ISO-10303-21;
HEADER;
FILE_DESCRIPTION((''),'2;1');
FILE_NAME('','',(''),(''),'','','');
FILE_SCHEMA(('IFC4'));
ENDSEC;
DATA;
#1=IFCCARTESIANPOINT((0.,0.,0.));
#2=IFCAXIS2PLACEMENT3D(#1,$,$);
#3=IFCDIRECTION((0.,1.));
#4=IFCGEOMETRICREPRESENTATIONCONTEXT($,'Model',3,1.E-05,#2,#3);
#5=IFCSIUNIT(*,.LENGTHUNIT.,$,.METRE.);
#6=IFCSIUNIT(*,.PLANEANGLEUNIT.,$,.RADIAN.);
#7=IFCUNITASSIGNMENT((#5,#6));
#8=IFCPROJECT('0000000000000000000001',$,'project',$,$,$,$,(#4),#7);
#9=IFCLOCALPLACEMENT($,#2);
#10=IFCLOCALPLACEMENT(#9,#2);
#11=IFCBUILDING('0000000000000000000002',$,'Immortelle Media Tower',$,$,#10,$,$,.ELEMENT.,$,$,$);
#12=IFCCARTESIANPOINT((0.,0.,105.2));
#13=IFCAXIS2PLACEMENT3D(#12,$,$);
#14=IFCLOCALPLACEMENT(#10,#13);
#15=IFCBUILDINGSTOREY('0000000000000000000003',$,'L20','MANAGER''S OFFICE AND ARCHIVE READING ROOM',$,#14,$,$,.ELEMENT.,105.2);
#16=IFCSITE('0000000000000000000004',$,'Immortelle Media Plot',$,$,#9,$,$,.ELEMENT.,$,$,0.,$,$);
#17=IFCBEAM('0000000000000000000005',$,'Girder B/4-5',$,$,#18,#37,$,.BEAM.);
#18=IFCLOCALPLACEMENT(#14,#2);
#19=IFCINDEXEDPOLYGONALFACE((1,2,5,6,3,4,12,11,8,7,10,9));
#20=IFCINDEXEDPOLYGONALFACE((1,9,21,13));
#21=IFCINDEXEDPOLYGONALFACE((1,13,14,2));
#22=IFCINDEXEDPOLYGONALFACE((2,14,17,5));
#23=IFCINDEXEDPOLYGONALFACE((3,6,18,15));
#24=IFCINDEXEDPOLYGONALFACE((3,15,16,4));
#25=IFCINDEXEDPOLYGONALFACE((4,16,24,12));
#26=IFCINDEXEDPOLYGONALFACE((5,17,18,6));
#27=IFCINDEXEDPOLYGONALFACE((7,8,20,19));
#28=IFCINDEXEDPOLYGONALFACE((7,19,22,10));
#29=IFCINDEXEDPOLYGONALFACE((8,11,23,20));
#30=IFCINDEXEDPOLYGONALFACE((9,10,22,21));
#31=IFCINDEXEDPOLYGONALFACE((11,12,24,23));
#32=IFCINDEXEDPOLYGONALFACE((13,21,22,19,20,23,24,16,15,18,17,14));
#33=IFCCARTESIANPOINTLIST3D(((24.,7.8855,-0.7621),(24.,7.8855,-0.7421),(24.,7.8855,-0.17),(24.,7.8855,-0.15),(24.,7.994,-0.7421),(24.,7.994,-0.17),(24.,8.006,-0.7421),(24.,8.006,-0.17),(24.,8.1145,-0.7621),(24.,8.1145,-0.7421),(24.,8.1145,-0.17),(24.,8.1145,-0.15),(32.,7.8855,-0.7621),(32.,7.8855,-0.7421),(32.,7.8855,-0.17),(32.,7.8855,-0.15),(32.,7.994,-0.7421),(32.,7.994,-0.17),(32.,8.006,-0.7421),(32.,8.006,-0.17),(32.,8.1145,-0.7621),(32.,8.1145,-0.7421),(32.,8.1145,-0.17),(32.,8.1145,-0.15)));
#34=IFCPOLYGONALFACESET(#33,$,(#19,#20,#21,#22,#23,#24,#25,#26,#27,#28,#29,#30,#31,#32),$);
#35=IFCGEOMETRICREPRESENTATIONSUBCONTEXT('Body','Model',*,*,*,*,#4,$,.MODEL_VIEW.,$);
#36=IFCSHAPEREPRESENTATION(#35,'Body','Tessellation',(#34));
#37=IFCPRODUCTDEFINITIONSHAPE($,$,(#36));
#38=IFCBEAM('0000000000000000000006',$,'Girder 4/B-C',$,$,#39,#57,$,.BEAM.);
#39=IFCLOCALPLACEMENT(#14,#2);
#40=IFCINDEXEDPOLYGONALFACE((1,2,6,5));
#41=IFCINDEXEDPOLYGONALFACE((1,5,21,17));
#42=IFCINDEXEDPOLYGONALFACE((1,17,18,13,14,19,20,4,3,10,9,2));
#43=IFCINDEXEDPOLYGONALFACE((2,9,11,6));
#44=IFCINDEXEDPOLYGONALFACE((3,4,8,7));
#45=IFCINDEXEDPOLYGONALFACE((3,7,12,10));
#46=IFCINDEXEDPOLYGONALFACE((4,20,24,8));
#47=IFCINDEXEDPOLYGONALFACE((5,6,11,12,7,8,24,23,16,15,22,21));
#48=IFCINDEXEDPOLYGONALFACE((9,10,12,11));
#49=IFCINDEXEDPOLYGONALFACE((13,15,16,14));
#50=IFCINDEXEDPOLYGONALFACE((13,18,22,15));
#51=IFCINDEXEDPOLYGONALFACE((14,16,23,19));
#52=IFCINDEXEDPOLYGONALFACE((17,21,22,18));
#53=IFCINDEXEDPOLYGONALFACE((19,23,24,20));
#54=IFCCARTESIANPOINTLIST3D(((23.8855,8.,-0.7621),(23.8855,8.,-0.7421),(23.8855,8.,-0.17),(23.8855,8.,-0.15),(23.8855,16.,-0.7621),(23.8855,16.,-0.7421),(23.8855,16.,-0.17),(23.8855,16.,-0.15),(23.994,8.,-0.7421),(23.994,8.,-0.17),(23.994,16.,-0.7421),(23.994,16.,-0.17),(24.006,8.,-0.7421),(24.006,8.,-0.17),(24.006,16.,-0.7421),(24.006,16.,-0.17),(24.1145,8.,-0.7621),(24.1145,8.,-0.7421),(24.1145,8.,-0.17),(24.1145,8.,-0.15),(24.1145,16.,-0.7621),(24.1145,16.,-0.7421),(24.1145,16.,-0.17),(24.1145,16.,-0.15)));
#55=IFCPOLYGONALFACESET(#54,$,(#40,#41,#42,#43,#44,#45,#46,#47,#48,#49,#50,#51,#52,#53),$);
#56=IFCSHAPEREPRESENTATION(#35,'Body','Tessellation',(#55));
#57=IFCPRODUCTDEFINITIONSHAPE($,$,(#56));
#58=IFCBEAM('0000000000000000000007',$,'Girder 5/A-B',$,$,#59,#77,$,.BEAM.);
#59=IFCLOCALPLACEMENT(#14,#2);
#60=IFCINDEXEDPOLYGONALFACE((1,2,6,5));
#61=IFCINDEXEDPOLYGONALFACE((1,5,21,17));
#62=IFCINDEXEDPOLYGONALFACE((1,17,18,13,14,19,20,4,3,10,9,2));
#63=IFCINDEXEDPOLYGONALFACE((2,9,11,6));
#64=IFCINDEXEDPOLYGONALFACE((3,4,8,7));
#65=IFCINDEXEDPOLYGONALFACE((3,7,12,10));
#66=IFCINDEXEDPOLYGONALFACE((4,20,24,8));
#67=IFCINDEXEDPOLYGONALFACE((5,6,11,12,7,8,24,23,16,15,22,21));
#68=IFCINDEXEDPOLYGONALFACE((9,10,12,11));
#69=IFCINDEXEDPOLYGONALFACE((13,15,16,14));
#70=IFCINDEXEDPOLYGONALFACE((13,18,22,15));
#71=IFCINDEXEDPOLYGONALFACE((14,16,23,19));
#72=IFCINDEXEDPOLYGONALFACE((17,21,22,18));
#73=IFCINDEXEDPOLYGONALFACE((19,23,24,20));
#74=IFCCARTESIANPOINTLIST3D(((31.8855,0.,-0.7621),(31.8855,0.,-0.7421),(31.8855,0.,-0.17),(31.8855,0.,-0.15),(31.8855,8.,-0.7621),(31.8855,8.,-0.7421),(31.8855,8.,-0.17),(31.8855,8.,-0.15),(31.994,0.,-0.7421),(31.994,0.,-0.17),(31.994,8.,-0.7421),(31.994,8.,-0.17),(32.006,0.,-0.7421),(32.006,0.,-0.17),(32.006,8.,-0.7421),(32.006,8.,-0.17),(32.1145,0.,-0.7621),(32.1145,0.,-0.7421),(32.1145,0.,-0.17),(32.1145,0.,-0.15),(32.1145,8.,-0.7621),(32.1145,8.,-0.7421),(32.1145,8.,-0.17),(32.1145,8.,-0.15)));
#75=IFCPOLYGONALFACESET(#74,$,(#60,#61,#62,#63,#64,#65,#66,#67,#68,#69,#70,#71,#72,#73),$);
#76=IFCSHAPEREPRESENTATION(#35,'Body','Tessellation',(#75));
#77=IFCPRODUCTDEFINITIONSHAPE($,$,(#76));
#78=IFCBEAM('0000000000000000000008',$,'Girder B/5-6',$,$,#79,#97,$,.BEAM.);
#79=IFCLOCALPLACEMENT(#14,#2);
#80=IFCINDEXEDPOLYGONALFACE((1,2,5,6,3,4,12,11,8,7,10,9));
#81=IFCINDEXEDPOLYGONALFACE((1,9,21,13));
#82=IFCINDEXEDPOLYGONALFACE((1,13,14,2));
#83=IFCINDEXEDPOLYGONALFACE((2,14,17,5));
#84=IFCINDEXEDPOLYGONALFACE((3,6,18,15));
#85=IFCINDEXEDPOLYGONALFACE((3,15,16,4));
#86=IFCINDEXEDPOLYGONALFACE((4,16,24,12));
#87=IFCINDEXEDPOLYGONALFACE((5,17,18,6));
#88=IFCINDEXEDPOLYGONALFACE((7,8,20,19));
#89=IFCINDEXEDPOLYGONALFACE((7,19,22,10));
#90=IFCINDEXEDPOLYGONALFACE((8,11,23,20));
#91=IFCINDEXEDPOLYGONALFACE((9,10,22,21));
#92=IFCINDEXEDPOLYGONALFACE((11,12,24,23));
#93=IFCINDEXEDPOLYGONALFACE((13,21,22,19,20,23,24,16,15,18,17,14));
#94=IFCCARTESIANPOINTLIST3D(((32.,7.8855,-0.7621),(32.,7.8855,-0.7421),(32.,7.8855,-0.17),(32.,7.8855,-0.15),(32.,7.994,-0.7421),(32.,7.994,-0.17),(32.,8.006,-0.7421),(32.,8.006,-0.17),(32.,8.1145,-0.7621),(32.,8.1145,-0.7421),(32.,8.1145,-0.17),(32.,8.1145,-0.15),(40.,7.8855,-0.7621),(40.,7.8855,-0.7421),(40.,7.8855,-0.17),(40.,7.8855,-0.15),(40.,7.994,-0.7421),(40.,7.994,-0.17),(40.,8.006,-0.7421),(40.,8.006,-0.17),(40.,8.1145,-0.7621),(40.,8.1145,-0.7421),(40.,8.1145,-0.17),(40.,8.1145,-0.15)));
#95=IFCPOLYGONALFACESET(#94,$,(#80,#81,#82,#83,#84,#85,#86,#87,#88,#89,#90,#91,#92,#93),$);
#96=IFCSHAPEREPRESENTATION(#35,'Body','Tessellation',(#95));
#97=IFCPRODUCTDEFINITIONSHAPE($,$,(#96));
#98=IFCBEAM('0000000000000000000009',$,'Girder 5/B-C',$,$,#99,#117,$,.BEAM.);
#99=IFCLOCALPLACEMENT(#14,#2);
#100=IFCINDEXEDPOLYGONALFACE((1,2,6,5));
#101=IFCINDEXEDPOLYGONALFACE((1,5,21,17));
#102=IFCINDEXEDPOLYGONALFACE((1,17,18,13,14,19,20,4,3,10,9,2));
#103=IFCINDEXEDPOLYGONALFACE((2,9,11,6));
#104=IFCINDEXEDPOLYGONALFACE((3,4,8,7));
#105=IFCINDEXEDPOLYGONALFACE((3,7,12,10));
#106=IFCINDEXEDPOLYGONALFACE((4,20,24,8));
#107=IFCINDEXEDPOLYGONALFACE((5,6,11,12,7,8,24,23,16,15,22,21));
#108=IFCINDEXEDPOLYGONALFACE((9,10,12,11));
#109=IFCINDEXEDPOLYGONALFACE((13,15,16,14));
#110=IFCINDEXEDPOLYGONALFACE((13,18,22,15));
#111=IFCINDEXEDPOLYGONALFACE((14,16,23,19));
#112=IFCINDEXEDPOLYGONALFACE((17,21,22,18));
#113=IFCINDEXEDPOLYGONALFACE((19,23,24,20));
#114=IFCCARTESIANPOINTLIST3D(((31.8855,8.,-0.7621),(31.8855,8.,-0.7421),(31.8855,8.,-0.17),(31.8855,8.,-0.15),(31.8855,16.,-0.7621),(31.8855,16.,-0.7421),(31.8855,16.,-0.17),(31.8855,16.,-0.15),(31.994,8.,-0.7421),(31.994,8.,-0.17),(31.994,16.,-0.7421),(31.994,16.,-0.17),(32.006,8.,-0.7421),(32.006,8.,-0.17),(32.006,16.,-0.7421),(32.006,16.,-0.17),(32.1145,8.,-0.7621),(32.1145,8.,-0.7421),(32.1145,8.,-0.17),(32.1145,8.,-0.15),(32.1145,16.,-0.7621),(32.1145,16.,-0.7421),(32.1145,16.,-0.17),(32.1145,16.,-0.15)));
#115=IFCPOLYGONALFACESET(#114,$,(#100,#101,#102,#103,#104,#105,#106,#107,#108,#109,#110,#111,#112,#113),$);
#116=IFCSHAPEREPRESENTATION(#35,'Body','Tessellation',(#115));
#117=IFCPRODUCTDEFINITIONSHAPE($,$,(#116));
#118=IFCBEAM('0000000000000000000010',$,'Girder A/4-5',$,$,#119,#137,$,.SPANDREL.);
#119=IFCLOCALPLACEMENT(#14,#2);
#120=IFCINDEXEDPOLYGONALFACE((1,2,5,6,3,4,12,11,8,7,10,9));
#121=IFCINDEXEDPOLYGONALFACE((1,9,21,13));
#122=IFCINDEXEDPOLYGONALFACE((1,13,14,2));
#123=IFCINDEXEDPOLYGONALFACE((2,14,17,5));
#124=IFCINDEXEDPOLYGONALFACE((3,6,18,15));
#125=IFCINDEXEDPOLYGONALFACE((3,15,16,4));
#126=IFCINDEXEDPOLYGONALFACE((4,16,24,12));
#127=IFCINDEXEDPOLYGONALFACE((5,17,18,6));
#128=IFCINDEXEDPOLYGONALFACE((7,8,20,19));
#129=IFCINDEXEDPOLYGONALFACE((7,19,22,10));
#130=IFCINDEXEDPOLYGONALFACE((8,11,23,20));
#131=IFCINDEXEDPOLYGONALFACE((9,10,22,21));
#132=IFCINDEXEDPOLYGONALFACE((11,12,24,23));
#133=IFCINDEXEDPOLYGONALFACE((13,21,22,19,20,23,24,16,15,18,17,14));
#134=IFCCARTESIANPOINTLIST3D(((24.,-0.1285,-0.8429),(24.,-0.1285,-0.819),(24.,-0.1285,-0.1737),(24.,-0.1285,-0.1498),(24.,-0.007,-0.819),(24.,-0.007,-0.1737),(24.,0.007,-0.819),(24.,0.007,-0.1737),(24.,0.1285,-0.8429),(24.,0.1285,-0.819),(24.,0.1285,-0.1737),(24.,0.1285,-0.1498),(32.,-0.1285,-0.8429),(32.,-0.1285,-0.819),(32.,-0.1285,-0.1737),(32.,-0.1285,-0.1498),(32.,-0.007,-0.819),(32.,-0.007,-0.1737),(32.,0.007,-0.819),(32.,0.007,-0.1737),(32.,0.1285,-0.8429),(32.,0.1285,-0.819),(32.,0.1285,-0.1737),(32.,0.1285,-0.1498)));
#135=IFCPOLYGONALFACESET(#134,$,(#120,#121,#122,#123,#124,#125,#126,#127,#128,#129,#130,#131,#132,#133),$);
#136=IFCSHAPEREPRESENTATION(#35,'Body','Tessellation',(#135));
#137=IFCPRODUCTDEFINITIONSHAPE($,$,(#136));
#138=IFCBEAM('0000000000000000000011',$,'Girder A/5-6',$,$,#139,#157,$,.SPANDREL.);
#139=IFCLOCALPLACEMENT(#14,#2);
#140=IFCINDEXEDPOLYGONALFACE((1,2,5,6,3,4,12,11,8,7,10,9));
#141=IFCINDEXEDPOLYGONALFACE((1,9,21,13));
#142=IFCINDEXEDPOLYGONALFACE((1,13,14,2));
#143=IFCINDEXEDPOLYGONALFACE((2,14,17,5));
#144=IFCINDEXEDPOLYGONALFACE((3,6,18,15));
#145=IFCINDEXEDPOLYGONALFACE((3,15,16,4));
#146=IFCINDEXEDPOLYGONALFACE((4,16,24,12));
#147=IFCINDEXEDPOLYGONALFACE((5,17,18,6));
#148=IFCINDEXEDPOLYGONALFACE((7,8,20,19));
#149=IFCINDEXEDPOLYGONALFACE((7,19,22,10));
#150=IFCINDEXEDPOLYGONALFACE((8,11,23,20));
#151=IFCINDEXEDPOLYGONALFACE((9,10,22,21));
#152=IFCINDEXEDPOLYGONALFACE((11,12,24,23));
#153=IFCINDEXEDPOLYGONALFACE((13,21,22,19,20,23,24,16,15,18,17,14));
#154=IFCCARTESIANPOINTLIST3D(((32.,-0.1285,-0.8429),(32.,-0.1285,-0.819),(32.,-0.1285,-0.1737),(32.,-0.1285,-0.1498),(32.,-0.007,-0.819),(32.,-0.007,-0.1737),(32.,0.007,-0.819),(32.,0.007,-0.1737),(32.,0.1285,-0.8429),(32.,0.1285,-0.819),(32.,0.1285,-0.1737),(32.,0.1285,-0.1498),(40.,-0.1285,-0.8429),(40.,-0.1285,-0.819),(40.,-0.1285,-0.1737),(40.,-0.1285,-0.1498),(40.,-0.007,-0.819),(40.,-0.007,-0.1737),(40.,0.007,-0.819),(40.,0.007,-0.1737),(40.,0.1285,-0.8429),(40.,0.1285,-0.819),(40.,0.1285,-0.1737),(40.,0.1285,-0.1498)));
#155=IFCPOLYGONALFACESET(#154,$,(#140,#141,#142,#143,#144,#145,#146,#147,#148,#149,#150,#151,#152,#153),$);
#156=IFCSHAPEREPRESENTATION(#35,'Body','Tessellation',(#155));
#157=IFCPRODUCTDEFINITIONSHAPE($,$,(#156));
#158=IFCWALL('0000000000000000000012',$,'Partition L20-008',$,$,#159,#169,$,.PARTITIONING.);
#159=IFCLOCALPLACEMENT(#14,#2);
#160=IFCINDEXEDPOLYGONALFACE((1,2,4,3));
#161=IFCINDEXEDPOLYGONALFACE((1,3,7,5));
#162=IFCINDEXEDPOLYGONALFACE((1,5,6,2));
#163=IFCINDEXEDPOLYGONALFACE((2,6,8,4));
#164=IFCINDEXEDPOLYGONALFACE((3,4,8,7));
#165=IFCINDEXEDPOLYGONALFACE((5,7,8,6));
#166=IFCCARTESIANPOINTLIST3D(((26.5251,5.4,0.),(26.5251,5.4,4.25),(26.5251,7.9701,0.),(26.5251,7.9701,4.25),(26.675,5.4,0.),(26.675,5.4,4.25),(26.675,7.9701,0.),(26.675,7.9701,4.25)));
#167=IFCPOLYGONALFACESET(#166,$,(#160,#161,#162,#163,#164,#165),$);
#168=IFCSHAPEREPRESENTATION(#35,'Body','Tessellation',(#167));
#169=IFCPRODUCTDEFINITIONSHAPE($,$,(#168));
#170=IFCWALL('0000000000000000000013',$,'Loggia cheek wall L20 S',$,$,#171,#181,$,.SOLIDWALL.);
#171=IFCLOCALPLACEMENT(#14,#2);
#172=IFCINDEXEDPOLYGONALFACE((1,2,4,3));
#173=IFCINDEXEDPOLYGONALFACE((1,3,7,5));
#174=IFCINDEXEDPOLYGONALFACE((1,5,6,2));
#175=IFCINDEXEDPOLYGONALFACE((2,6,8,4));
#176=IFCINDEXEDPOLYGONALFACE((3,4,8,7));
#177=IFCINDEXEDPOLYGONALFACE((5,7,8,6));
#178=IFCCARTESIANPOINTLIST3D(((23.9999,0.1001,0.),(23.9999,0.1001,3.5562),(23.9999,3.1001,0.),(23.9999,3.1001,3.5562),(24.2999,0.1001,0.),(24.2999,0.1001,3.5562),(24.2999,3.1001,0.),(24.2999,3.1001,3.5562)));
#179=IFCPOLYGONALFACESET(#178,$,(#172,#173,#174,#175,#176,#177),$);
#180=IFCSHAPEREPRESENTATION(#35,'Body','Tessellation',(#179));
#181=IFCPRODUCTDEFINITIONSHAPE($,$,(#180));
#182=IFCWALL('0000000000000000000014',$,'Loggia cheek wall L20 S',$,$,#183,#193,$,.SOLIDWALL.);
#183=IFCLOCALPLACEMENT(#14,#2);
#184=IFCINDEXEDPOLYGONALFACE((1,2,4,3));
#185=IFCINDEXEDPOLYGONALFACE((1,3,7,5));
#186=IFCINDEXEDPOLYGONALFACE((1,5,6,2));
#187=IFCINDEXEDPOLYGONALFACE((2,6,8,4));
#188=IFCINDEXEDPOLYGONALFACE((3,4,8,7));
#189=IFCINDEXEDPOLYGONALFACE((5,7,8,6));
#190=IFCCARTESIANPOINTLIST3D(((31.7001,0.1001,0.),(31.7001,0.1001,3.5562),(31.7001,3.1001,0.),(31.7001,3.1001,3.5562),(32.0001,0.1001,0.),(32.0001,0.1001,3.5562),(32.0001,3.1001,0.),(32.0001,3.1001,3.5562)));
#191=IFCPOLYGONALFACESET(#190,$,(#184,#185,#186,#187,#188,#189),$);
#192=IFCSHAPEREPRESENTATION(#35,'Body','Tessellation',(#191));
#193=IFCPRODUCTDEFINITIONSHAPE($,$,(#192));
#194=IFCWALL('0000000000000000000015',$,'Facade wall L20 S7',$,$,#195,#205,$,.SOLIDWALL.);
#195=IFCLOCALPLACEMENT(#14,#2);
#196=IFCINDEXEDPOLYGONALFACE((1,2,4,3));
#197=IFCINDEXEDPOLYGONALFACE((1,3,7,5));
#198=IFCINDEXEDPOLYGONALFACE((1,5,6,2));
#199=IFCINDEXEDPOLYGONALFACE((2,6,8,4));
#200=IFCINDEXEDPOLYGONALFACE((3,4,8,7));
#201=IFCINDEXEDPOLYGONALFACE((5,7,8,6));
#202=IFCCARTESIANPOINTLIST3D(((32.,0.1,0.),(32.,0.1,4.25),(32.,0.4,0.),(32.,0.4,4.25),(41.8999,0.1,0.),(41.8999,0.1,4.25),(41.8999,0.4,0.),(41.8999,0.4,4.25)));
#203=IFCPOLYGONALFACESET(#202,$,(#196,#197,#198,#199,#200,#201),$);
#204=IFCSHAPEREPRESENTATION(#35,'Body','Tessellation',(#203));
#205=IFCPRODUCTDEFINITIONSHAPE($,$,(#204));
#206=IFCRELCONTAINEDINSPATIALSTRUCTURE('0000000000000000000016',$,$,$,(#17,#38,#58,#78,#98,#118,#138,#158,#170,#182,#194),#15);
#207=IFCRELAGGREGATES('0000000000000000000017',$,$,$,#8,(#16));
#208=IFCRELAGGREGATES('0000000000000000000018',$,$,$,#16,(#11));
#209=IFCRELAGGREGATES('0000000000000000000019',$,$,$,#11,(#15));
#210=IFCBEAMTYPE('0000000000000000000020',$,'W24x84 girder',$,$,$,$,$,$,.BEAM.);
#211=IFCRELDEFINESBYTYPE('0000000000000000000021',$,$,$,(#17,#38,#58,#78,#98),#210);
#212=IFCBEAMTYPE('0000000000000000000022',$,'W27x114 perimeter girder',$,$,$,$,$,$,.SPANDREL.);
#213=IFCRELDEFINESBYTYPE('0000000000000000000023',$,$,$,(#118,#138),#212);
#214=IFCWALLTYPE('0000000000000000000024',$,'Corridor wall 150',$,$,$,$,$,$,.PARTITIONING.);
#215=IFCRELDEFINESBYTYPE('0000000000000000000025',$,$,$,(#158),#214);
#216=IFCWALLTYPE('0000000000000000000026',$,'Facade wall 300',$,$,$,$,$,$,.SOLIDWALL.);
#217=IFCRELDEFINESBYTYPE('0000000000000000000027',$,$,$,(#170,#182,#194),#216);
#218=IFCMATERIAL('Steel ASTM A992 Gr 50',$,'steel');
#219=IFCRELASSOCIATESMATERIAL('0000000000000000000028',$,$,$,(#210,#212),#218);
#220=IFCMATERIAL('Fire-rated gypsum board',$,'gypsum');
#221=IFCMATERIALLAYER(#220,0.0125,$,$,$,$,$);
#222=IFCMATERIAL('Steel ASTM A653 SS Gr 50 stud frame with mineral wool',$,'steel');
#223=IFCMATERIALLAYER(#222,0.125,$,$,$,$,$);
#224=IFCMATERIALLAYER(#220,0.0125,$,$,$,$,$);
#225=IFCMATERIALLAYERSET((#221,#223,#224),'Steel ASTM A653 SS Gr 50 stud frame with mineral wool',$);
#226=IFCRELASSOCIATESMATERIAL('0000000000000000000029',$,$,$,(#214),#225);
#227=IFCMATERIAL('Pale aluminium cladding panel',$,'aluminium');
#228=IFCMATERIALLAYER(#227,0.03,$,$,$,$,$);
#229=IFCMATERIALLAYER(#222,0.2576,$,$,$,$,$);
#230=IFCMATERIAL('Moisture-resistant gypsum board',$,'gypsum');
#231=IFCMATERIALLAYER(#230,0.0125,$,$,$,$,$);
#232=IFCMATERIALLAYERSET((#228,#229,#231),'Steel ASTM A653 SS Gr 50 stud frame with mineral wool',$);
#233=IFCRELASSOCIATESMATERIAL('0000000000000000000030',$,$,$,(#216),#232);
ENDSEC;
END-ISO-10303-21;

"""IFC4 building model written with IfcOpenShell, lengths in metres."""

from ifc_helpers import new_model, si_unit, direction, frame, frame_2d, origin, origin_2d, place, context, subcontext, project, spatial, rectangle, i_section, extrude, material, layer, layer_set, material_profile, profile_set, type_object, element, save


model = new_model("IFC4")

# Units and contexts
model_context = context("Model", 3, precision=1e-05, world=origin(), true_north=direction((0.0, 1.0)))
body_context = subcontext(model_context, "Body", "Model", "MODEL_VIEW")
ifc_project = project(units=[si_unit("LENGTHUNIT", "METRE"), si_unit("PLANEANGLEUNIT", "RADIAN")], contexts=[model_context])

# Site, building, storey
site_placement = place(None, origin())
site = spatial("IfcSite", under=ifc_project, at=site_placement, Name="Immortelle Media Plot", CompositionType="ELEMENT", RefElevation=0.0)
building_placement = place(site_placement, origin())
building = spatial("IfcBuilding", under=site, at=building_placement, Name="Immortelle Media Tower", CompositionType="ELEMENT")
storey_placement = place(building_placement, frame((0.0, 0.0, 105.2)))
storey = spatial("IfcBuildingStorey", under=building, at=storey_placement, Name="L20", Description="MANAGER'S OFFICE AND ARCHIVE READING ROOM", CompositionType="ELEMENT", Elevation=105.2)

# Shared definitions
ifc_material_1 = material(Name="Steel ASTM A992 Gr 50", Category="steel")

# Beams
ifc_material_profile_1 = material_profile(ifc_material_1, i_section(OverallWidth=0.229, OverallDepth=0.6121, WebThickness=0.012, FlangeThickness=0.02, at=origin_2d()), Name="W24x84")
ifc_profile_set_1 = profile_set([ifc_material_profile_1], Name="Steel ASTM A992 Gr 50")
beam_type_1 = type_object("IfcBeamType", Name="W24x84 girder", PredefinedType="BEAM", material=ifc_profile_set_1)
for number, where, z_axis, x_axis, name in (
    (1, (24.0, 8.0, -0.4561), (1.0, 0.0, 0.0), (0.0, 1.0, 0.0), "Girder B/4-5"),
    (2, (24.0, 8.0, -0.4561), (0.0, 1.0, 0.0), (-1.0, 0.0, 0.0), "Girder 4/B-C"),
    (3, (32.0, 0.0, -0.4561), (0.0, 1.0, 0.0), (-1.0, 0.0, 0.0), "Girder 5/A-B"),
    (4, (32.0, 8.0, -0.4561), (1.0, 0.0, 0.0), (0.0, 1.0, 0.0), "Girder B/5-6"),
    (5, (32.0, 8.0, -0.4561), (0.0, 1.0, 0.0), (-1.0, 0.0, 0.0), "Girder 5/B-C"),
):
    element("IfcBeam", number, at=place(storey_placement, frame(where, z_axis=z_axis, x_axis=x_axis)), inside=storey, type_object=beam_type_1, Name=name, PredefinedType="BEAM", context=body_context, shape_type="SweptSolid", body=[
        extrude(i_section(OverallWidth=0.229, OverallDepth=0.6121, WebThickness=0.012, FlangeThickness=0.02, at=origin_2d()), origin(), (0.0, 0.0, 1.0), 8.0),
    ])
ifc_material_profile_2 = material_profile(ifc_material_1, i_section(OverallWidth=0.2571, OverallDepth=0.6931, WebThickness=0.0139, FlangeThickness=0.0239, at=origin_2d()), Name="W27x114")
ifc_profile_set_2 = profile_set([ifc_material_profile_2], Name="Steel ASTM A992 Gr 50")
beam_type_2 = type_object("IfcBeamType", Name="W27x114 perimeter girder", PredefinedType="SPANDREL", material=ifc_profile_set_2)
for number, where, z_axis, x_axis, name in (
    (6, (24.0, 0.0, -0.4963), (1.0, 0.0, 0.0), (0.0, 1.0, 0.0), "Girder A/4-5"),
    (7, (32.0, 0.0, -0.4963), (1.0, 0.0, 0.0), (0.0, 1.0, 0.0), "Girder A/5-6"),
):
    element("IfcBeam", number, at=place(storey_placement, frame(where, z_axis=z_axis, x_axis=x_axis)), inside=storey, type_object=beam_type_2, Name=name, PredefinedType="SPANDREL", context=body_context, shape_type="SweptSolid", body=[
        extrude(i_section(OverallWidth=0.2571, OverallDepth=0.6931, WebThickness=0.0139, FlangeThickness=0.0239, at=origin_2d()), origin(), (0.0, 0.0, 1.0), 8.0),
    ])

# Wall
ifc_material_2 = material(Name="Fire-rated gypsum board", Category="gypsum")
ifc_layer_1 = layer(ifc_material_2, 0.0125)
ifc_material_3 = material(Name="Steel ASTM A653 SS Gr 50 stud frame with mineral wool", Category="steel")
ifc_layer_2 = layer(ifc_material_3, 0.125)
ifc_layer_3 = layer(ifc_material_2, 0.0125)
ifc_layer_set_1 = layer_set([ifc_layer_1, ifc_layer_2, ifc_layer_3], Name="Steel ASTM A653 SS Gr 50 stud frame with mineral wool")
wall_type_1 = type_object("IfcWallType", Name="Corridor wall 150", PredefinedType="PARTITIONING", material=ifc_layer_set_1)
wall_1_placement = place(storey_placement, frame((26.6001, 5.3999, 0.0), z_axis=(0.0, 0.0, 1.0), x_axis=(0.0, 1.0, 0.0)))
element("IfcWall", 8, at=wall_1_placement, inside=storey, type_object=wall_type_1, Name="Partition L20-008", PredefinedType="PARTITIONING", context=body_context, shape_type="SweptSolid", body=[
    extrude(rectangle(XDim=2.5701, YDim=0.1499, at=frame_2d((1.2852, 0.0))), origin(), (0.0, 0.0, 1.0), 4.25),
])

# Shared definitions
ifc_material_4 = material(Name="Pale aluminium cladding panel", Category="aluminium")
ifc_layer_4 = layer(ifc_material_4, 0.03)
ifc_layer_5 = layer(ifc_material_3, 0.2576)
ifc_material_5 = material(Name="Moisture-resistant gypsum board", Category="gypsum")
ifc_layer_6 = layer(ifc_material_5, 0.0125)
ifc_layer_set_2 = layer_set([ifc_layer_4, ifc_layer_5, ifc_layer_6], Name="Steel ASTM A653 SS Gr 50 stud frame with mineral wool")
wall_type_2 = type_object("IfcWallType", Name="Facade wall 300", PredefinedType="SOLIDWALL", material=ifc_layer_set_2)

# Walls
for number, where, z_axis, x_axis, name in (
    (9, (24.1499, 0.1001, 0.0), (0.0, 0.0, 1.0), (0.0, 1.0, 0.0), "Loggia cheek wall L20 S"),
    (10, (31.8501, 0.1001, 0.0), (0.0, 0.0, 1.0), (0.0, 1.0, 0.0), "Loggia cheek wall L20 S"),
):
    element("IfcWall", number, at=place(storey_placement, frame(where, z_axis=z_axis, x_axis=x_axis)), inside=storey, type_object=wall_type_2, Name=name, PredefinedType="SOLIDWALL", context=body_context, shape_type="SweptSolid", body=[
        extrude(rectangle(XDim=3.0, YDim=0.3, at=frame_2d((1.5, 0.0))), origin(), (0.0, 0.0, 1.0), 3.5562),
    ])
wall_2_placement = place(storey_placement, frame((32.0, 0.25, 0.0), z_axis=(0.0, 0.0, 1.0), x_axis=(1.0, 0.0, 0.0)))
element("IfcWall", 11, at=wall_2_placement, inside=storey, type_object=wall_type_2, Name="Facade wall L20 S7", PredefinedType="SOLIDWALL", context=body_context, shape_type="SweptSolid", body=[
    extrude(rectangle(XDim=9.8999, YDim=0.3, at=frame_2d((4.95, 0.0))), origin(), (0.0, 0.0, 1.0), 4.25),
])

save(model, "model.ifc")
